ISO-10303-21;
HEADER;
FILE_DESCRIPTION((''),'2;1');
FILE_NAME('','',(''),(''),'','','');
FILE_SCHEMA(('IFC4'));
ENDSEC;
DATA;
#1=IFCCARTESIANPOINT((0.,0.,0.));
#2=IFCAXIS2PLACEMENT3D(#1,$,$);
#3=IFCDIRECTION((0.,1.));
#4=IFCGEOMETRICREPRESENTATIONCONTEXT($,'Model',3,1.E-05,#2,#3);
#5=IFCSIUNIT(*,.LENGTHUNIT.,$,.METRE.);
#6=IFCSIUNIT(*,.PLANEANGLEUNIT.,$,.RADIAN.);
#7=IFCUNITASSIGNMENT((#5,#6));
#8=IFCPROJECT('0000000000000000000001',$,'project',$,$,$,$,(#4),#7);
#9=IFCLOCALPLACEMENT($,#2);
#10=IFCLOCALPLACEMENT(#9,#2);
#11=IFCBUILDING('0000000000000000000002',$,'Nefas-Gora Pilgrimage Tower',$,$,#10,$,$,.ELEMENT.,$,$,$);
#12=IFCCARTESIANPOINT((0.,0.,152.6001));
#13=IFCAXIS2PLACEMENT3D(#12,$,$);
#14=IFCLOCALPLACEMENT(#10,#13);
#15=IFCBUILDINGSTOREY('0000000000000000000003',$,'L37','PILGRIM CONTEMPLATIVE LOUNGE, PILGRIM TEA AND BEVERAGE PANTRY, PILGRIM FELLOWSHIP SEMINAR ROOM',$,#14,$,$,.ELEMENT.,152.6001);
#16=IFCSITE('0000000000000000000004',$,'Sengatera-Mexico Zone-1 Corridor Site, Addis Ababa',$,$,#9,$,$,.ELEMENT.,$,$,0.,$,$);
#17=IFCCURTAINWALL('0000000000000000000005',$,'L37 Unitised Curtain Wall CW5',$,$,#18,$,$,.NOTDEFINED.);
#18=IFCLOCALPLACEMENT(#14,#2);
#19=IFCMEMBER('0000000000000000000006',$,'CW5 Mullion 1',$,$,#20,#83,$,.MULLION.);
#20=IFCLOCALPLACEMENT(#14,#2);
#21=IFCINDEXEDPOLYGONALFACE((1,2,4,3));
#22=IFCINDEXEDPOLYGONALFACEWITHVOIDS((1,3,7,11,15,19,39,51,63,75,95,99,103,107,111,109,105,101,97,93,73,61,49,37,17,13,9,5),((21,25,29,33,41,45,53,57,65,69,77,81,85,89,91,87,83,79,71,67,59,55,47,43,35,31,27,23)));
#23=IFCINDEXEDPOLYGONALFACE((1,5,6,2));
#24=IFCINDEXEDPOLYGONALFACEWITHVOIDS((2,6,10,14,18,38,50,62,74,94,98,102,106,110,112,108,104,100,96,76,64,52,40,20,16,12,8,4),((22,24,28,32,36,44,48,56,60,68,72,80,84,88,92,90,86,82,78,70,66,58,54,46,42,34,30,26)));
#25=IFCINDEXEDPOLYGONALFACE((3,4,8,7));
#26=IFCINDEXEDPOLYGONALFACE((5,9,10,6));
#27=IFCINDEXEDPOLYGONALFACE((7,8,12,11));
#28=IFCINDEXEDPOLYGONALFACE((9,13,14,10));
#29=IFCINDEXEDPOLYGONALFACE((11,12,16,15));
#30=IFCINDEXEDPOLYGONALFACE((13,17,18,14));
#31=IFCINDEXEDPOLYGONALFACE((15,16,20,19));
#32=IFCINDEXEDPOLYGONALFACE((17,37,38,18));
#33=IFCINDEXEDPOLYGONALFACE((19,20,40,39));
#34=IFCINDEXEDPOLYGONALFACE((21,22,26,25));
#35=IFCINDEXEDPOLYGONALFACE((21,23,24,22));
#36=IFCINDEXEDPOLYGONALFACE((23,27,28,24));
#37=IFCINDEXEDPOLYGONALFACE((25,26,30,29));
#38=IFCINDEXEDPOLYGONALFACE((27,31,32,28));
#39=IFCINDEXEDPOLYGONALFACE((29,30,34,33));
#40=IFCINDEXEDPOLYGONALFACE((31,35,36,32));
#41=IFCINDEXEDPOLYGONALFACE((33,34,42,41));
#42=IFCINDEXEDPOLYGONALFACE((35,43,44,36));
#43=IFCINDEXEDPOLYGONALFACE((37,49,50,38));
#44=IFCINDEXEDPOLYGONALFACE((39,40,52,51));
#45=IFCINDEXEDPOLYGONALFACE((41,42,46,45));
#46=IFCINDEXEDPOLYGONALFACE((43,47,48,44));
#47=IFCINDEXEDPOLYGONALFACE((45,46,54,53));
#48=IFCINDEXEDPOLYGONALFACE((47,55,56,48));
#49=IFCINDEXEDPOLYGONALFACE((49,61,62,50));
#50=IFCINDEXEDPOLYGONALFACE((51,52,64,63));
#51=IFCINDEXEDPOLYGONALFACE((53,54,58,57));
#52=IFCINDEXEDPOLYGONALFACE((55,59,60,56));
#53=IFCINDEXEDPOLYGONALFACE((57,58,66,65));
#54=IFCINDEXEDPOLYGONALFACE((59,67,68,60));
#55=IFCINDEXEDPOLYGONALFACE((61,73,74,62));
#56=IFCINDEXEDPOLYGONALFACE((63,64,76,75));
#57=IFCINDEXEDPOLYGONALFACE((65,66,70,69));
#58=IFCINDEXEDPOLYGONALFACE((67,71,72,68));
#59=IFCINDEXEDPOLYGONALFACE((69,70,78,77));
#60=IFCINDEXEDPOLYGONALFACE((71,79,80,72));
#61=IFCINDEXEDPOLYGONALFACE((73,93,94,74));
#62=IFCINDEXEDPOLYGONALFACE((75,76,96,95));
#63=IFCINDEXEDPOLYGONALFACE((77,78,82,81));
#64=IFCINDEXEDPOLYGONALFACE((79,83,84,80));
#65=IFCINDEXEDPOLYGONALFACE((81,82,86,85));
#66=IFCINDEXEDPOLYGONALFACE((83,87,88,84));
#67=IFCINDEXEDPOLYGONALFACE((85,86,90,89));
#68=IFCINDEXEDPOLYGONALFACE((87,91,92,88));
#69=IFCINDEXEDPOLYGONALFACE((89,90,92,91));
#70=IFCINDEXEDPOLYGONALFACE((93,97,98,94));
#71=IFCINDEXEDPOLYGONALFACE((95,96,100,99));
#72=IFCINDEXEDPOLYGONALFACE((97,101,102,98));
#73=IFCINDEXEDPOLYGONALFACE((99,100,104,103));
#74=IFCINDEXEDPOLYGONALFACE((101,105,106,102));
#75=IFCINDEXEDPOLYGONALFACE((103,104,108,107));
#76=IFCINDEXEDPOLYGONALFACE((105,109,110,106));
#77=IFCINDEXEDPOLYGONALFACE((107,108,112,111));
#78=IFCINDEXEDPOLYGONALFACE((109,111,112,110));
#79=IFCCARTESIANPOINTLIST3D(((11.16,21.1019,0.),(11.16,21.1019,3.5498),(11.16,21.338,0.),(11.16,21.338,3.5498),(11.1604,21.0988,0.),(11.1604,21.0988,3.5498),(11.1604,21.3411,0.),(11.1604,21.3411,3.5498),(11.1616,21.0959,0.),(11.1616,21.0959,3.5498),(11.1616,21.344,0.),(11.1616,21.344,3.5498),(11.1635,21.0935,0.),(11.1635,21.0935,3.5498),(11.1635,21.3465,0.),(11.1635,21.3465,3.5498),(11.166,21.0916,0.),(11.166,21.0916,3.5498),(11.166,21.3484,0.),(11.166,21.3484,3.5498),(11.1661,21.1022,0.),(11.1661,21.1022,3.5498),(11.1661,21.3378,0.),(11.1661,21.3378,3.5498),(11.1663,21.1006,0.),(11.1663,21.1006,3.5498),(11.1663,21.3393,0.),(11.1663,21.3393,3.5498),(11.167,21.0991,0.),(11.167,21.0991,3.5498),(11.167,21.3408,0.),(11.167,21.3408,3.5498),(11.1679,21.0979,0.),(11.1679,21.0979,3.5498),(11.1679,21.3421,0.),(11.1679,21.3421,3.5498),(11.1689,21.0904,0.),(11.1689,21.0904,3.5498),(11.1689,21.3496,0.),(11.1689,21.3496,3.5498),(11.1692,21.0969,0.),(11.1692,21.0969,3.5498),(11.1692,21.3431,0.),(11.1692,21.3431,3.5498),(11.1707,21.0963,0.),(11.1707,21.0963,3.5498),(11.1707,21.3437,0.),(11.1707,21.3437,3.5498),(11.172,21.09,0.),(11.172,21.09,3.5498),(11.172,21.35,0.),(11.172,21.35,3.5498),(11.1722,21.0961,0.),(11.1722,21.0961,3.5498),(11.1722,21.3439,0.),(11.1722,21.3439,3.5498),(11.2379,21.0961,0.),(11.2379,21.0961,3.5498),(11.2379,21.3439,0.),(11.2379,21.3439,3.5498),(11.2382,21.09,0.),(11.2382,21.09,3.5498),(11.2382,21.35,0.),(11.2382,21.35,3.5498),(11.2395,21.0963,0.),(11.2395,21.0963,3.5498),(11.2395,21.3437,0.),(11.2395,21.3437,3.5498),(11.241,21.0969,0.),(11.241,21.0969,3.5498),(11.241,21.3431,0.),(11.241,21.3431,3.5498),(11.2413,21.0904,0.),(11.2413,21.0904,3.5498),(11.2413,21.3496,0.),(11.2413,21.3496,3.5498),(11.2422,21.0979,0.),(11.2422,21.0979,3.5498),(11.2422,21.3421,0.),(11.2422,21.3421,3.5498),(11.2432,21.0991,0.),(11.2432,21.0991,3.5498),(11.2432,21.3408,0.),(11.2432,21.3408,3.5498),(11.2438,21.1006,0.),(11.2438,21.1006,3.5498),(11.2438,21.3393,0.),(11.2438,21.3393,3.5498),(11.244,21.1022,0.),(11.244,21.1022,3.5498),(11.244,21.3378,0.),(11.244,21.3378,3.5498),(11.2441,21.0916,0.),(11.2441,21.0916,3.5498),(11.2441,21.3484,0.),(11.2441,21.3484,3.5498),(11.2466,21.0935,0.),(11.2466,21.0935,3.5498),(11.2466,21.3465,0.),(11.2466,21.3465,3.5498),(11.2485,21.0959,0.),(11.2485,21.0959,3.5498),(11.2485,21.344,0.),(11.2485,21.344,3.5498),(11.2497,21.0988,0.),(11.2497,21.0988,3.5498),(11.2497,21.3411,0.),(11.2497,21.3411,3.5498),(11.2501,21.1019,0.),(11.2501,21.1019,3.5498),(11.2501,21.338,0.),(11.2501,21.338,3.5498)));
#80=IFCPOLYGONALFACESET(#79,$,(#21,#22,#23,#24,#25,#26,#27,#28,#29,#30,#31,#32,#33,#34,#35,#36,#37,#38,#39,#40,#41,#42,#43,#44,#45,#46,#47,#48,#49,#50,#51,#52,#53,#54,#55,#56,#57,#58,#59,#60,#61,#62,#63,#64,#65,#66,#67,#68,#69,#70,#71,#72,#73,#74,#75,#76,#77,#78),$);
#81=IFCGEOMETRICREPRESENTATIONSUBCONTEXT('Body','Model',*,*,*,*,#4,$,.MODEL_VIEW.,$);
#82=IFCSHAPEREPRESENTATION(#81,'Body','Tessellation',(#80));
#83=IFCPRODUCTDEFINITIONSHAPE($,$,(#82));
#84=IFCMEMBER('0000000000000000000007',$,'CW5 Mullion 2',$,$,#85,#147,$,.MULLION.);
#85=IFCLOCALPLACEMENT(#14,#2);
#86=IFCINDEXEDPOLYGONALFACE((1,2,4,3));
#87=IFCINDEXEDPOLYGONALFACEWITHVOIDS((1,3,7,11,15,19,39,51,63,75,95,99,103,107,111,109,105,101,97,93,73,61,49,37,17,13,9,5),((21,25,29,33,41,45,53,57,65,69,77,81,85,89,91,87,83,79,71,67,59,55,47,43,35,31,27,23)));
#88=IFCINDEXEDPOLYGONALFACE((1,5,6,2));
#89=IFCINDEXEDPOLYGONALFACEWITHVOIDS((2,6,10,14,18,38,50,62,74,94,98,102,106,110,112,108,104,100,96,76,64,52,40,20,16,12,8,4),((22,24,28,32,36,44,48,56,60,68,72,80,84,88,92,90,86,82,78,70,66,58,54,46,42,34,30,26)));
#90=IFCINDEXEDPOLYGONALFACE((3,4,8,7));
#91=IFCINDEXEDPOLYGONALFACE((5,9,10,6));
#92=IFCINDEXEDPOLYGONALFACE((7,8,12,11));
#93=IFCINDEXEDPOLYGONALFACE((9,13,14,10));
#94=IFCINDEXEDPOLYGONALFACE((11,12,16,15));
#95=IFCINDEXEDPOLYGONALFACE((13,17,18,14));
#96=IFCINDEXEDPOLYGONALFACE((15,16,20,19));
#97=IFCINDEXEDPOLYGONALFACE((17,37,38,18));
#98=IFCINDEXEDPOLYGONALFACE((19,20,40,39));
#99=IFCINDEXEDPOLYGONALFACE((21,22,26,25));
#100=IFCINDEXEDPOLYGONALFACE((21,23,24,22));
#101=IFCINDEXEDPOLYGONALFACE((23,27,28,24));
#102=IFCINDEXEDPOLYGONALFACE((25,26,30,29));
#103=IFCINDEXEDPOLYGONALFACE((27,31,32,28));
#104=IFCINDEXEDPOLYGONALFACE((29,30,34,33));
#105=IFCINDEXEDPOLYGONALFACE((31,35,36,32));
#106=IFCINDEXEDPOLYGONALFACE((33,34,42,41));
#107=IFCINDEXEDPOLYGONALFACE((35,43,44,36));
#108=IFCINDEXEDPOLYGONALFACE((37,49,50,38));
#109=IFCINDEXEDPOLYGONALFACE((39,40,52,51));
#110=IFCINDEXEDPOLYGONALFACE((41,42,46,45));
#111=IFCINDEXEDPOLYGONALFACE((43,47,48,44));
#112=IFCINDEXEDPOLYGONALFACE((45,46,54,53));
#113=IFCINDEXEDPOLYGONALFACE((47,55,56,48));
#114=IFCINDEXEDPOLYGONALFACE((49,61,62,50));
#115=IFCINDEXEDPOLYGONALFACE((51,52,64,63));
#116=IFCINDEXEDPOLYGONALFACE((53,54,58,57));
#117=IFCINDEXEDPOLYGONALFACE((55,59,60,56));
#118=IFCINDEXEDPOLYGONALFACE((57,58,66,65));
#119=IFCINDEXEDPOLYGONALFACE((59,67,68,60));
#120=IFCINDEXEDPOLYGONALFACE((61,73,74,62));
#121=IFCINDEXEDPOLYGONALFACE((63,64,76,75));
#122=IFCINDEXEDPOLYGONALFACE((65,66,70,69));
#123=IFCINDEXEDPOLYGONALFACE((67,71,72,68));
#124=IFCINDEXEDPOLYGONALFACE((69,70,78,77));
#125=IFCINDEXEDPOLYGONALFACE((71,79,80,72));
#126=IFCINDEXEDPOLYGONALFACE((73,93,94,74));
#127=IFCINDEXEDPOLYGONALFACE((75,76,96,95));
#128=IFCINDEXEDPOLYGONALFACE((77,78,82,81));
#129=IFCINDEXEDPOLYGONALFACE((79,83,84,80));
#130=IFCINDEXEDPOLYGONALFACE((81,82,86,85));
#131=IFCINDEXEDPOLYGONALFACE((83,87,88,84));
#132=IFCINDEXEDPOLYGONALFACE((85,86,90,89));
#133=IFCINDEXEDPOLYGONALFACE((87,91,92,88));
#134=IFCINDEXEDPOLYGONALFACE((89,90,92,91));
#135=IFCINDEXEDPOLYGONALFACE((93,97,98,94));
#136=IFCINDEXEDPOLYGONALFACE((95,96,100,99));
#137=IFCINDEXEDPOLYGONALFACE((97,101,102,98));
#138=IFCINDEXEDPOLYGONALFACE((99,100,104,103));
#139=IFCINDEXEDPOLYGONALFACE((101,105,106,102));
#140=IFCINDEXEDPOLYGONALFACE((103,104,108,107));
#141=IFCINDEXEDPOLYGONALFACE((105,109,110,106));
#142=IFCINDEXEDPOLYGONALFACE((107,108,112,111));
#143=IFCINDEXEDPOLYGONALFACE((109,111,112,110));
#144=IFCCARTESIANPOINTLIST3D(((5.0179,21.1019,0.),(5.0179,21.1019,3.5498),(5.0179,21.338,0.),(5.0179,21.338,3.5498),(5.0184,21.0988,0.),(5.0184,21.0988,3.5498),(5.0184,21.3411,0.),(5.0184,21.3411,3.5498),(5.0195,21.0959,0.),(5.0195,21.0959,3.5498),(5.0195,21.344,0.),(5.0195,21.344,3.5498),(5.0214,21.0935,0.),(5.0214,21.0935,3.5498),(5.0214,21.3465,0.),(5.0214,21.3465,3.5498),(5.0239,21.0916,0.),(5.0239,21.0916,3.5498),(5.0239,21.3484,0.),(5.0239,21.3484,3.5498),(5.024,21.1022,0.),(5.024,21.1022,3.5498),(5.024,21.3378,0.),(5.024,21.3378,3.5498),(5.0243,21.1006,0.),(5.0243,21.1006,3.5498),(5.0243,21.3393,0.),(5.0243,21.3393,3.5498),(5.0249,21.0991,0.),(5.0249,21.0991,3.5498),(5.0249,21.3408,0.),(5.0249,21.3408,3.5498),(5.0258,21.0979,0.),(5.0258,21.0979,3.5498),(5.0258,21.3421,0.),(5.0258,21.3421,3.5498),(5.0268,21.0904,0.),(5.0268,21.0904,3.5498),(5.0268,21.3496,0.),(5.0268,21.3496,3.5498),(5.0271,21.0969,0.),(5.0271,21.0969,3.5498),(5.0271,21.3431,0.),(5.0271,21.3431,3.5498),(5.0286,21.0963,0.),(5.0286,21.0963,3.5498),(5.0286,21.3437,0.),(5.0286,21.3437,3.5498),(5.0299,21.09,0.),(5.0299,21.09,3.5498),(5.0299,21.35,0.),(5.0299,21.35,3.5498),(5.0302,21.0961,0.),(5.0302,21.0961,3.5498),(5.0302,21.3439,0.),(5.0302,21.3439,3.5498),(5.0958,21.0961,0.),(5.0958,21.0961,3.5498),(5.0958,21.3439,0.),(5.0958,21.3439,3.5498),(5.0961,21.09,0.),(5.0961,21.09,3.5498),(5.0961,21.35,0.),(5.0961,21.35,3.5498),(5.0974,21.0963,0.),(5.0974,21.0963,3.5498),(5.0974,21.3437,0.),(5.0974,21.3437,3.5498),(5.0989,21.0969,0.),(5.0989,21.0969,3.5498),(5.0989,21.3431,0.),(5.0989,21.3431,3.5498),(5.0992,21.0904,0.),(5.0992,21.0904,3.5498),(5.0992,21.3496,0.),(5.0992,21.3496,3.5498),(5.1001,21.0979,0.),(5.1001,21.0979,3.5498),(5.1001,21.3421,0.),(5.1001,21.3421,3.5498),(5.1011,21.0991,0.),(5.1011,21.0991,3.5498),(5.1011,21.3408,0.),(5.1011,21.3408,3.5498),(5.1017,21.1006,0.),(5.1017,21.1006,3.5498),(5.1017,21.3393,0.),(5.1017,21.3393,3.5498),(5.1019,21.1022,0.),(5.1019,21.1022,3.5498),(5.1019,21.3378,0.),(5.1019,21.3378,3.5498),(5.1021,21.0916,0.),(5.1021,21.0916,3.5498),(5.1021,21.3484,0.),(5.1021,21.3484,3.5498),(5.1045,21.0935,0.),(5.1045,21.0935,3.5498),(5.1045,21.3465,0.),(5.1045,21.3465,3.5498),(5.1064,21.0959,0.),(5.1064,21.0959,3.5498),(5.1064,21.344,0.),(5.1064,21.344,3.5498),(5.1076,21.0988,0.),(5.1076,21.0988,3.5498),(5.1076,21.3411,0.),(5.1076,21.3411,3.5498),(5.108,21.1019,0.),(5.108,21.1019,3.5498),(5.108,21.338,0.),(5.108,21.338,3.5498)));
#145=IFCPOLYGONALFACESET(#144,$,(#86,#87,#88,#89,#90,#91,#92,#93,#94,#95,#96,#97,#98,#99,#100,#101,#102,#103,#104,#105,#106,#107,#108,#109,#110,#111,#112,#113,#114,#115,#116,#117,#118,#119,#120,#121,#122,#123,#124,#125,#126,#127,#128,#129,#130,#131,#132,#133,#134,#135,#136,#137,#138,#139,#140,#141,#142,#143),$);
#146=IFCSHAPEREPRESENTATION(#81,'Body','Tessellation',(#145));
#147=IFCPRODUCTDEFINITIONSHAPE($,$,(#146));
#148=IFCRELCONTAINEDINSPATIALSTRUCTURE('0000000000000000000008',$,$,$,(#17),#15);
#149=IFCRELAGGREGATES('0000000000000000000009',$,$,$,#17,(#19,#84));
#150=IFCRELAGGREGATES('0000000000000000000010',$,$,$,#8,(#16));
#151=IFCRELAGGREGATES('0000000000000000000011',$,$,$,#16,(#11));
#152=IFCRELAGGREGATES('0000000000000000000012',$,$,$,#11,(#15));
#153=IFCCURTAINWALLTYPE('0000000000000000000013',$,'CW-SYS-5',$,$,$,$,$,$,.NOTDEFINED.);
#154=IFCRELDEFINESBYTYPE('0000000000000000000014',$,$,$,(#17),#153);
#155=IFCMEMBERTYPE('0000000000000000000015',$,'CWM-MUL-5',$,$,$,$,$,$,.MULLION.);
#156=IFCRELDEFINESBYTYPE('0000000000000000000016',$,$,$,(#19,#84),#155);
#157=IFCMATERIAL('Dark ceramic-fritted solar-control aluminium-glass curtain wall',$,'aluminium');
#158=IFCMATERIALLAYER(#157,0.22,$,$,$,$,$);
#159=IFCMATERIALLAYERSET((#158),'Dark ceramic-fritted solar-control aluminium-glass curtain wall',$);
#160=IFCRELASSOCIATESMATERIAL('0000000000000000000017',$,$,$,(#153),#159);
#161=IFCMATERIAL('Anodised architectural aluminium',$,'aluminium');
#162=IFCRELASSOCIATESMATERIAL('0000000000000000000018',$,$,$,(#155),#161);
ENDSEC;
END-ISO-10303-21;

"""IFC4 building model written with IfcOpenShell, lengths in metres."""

from ifc_helpers import new_model, si_unit, direction, frame, origin, origin_2d, place, context, subcontext, project, spatial, hollow_rectangle, extrude, source, transform, mapped, material, layer, layer_set, material_profile, profile_set, type_object, element, aggregate, save


model = new_model("IFC4")

# Units and contexts
model_context = context("Model", 3, precision=1e-05, world=origin(), true_north=direction((0.0, 1.0)))
body_context = subcontext(model_context, "Body", "Model", "MODEL_VIEW")
ifc_project = project(units=[si_unit("LENGTHUNIT", "METRE"), si_unit("PLANEANGLEUNIT", "RADIAN")], contexts=[model_context])

# Site, building, storey
site_placement = place(None, origin())
site = spatial("IfcSite", under=ifc_project, at=site_placement, Name="Sengatera-Mexico Zone-1 Corridor Site, Addis Ababa", CompositionType="ELEMENT", RefElevation=0.0)
building_placement = place(site_placement, origin())
building = spatial("IfcBuilding", under=site, at=building_placement, Name="Nefas-Gora Pilgrimage Tower", CompositionType="ELEMENT")
storey_placement = place(building_placement, frame((0.0, 0.0, 152.6001)))
storey = spatial("IfcBuildingStorey", under=building, at=storey_placement, Name="L37", Description="PILGRIM CONTEMPLATIVE LOUNGE, PILGRIM TEA AND BEVERAGE PANTRY, PILGRIM FELLOWSHIP SEMINAR ROOM", CompositionType="ELEMENT", Elevation=152.6001)

# Curtain wall
ifc_material_1 = material(Name="Dark ceramic-fritted solar-control aluminium-glass curtain wall", Category="aluminium")
ifc_layer_1 = layer(ifc_material_1, 0.22)
ifc_layer_set_1 = layer_set([ifc_layer_1], Name="Dark ceramic-fritted solar-control aluminium-glass curtain wall")
curtain_wall_type = type_object("IfcCurtainWallType", Name="CW-SYS-5", PredefinedType="NOTDEFINED", material=ifc_layer_set_1)
curtain_wall_1_placement = place(storey_placement, origin())
curtain_wall_1 = element("IfcCurtainWall", 1, at=curtain_wall_1_placement, inside=storey, type_object=curtain_wall_type, Name="L37 Unitised Curtain Wall CW5", PredefinedType="NOTDEFINED")
ifc_material_2 = material(Name="Anodised architectural aluminium", Category="aluminium")

# Members
ifc_material_profile_1 = material_profile(ifc_material_2, hollow_rectangle(XDim=0.0901, YDim=0.26, WallThickness=0.0061, InnerFilletRadius=0.0061, OuterFilletRadius=0.012, at=origin_2d()), Name="ALU MULLION 90x260")
ifc_profile_set_1 = profile_set([ifc_material_profile_1], Name="Anodised architectural aluminium")
member_type_1 = type_object("IfcMemberType", Name="CWM-MUL-5", PredefinedType="MULLION", material=ifc_profile_set_1)
shared_shape_1 = source(origin(), body_context, "Body", "SweptSolid", [
    extrude(hollow_rectangle(XDim=0.0901, YDim=0.26, WallThickness=0.0061, InnerFilletRadius=0.0061, OuterFilletRadius=0.012, at=origin_2d()), origin(), (0.0, 0.0, 1.0), 3.5498),
])
member_1_placement = place(storey_placement, frame((11.2051, 21.22, 0.0), z_axis=(0.0, 0.0, 1.0), x_axis=(-1.0, 0.0, 0.0)))
member_1 = element("IfcMember", 2, at=member_1_placement, type_object=member_type_1, Name="CW5 Mullion 1", PredefinedType="MULLION", context=body_context, shape_type="MappedRepresentation", body=[
    mapped(shared_shape_1, transform((0.0, 0.0, 0.0), x_axis=(1.0, 0.0, 0.0), y_axis=(0.0, 1.0, 0.0), z_axis=(0.0, 0.0, 1.0), scale=1.0)),
])
member_2_placement = place(storey_placement, frame((5.063, 21.22, 0.0), z_axis=(0.0, 0.0, 1.0), x_axis=(-1.0, 0.0, 0.0)))
member_2 = element("IfcMember", 3, at=member_2_placement, type_object=member_type_1, Name="CW5 Mullion 2", PredefinedType="MULLION", context=body_context, shape_type="MappedRepresentation", body=[
    mapped(shared_shape_1, transform((0.0, 0.0, 0.0), x_axis=(1.0, 0.0, 0.0), y_axis=(0.0, 1.0, 0.0), z_axis=(0.0, 0.0, 1.0), scale=1.0)),
])

aggregate(curtain_wall_1, [member_1, member_2])

save(model, "model.ifc")
